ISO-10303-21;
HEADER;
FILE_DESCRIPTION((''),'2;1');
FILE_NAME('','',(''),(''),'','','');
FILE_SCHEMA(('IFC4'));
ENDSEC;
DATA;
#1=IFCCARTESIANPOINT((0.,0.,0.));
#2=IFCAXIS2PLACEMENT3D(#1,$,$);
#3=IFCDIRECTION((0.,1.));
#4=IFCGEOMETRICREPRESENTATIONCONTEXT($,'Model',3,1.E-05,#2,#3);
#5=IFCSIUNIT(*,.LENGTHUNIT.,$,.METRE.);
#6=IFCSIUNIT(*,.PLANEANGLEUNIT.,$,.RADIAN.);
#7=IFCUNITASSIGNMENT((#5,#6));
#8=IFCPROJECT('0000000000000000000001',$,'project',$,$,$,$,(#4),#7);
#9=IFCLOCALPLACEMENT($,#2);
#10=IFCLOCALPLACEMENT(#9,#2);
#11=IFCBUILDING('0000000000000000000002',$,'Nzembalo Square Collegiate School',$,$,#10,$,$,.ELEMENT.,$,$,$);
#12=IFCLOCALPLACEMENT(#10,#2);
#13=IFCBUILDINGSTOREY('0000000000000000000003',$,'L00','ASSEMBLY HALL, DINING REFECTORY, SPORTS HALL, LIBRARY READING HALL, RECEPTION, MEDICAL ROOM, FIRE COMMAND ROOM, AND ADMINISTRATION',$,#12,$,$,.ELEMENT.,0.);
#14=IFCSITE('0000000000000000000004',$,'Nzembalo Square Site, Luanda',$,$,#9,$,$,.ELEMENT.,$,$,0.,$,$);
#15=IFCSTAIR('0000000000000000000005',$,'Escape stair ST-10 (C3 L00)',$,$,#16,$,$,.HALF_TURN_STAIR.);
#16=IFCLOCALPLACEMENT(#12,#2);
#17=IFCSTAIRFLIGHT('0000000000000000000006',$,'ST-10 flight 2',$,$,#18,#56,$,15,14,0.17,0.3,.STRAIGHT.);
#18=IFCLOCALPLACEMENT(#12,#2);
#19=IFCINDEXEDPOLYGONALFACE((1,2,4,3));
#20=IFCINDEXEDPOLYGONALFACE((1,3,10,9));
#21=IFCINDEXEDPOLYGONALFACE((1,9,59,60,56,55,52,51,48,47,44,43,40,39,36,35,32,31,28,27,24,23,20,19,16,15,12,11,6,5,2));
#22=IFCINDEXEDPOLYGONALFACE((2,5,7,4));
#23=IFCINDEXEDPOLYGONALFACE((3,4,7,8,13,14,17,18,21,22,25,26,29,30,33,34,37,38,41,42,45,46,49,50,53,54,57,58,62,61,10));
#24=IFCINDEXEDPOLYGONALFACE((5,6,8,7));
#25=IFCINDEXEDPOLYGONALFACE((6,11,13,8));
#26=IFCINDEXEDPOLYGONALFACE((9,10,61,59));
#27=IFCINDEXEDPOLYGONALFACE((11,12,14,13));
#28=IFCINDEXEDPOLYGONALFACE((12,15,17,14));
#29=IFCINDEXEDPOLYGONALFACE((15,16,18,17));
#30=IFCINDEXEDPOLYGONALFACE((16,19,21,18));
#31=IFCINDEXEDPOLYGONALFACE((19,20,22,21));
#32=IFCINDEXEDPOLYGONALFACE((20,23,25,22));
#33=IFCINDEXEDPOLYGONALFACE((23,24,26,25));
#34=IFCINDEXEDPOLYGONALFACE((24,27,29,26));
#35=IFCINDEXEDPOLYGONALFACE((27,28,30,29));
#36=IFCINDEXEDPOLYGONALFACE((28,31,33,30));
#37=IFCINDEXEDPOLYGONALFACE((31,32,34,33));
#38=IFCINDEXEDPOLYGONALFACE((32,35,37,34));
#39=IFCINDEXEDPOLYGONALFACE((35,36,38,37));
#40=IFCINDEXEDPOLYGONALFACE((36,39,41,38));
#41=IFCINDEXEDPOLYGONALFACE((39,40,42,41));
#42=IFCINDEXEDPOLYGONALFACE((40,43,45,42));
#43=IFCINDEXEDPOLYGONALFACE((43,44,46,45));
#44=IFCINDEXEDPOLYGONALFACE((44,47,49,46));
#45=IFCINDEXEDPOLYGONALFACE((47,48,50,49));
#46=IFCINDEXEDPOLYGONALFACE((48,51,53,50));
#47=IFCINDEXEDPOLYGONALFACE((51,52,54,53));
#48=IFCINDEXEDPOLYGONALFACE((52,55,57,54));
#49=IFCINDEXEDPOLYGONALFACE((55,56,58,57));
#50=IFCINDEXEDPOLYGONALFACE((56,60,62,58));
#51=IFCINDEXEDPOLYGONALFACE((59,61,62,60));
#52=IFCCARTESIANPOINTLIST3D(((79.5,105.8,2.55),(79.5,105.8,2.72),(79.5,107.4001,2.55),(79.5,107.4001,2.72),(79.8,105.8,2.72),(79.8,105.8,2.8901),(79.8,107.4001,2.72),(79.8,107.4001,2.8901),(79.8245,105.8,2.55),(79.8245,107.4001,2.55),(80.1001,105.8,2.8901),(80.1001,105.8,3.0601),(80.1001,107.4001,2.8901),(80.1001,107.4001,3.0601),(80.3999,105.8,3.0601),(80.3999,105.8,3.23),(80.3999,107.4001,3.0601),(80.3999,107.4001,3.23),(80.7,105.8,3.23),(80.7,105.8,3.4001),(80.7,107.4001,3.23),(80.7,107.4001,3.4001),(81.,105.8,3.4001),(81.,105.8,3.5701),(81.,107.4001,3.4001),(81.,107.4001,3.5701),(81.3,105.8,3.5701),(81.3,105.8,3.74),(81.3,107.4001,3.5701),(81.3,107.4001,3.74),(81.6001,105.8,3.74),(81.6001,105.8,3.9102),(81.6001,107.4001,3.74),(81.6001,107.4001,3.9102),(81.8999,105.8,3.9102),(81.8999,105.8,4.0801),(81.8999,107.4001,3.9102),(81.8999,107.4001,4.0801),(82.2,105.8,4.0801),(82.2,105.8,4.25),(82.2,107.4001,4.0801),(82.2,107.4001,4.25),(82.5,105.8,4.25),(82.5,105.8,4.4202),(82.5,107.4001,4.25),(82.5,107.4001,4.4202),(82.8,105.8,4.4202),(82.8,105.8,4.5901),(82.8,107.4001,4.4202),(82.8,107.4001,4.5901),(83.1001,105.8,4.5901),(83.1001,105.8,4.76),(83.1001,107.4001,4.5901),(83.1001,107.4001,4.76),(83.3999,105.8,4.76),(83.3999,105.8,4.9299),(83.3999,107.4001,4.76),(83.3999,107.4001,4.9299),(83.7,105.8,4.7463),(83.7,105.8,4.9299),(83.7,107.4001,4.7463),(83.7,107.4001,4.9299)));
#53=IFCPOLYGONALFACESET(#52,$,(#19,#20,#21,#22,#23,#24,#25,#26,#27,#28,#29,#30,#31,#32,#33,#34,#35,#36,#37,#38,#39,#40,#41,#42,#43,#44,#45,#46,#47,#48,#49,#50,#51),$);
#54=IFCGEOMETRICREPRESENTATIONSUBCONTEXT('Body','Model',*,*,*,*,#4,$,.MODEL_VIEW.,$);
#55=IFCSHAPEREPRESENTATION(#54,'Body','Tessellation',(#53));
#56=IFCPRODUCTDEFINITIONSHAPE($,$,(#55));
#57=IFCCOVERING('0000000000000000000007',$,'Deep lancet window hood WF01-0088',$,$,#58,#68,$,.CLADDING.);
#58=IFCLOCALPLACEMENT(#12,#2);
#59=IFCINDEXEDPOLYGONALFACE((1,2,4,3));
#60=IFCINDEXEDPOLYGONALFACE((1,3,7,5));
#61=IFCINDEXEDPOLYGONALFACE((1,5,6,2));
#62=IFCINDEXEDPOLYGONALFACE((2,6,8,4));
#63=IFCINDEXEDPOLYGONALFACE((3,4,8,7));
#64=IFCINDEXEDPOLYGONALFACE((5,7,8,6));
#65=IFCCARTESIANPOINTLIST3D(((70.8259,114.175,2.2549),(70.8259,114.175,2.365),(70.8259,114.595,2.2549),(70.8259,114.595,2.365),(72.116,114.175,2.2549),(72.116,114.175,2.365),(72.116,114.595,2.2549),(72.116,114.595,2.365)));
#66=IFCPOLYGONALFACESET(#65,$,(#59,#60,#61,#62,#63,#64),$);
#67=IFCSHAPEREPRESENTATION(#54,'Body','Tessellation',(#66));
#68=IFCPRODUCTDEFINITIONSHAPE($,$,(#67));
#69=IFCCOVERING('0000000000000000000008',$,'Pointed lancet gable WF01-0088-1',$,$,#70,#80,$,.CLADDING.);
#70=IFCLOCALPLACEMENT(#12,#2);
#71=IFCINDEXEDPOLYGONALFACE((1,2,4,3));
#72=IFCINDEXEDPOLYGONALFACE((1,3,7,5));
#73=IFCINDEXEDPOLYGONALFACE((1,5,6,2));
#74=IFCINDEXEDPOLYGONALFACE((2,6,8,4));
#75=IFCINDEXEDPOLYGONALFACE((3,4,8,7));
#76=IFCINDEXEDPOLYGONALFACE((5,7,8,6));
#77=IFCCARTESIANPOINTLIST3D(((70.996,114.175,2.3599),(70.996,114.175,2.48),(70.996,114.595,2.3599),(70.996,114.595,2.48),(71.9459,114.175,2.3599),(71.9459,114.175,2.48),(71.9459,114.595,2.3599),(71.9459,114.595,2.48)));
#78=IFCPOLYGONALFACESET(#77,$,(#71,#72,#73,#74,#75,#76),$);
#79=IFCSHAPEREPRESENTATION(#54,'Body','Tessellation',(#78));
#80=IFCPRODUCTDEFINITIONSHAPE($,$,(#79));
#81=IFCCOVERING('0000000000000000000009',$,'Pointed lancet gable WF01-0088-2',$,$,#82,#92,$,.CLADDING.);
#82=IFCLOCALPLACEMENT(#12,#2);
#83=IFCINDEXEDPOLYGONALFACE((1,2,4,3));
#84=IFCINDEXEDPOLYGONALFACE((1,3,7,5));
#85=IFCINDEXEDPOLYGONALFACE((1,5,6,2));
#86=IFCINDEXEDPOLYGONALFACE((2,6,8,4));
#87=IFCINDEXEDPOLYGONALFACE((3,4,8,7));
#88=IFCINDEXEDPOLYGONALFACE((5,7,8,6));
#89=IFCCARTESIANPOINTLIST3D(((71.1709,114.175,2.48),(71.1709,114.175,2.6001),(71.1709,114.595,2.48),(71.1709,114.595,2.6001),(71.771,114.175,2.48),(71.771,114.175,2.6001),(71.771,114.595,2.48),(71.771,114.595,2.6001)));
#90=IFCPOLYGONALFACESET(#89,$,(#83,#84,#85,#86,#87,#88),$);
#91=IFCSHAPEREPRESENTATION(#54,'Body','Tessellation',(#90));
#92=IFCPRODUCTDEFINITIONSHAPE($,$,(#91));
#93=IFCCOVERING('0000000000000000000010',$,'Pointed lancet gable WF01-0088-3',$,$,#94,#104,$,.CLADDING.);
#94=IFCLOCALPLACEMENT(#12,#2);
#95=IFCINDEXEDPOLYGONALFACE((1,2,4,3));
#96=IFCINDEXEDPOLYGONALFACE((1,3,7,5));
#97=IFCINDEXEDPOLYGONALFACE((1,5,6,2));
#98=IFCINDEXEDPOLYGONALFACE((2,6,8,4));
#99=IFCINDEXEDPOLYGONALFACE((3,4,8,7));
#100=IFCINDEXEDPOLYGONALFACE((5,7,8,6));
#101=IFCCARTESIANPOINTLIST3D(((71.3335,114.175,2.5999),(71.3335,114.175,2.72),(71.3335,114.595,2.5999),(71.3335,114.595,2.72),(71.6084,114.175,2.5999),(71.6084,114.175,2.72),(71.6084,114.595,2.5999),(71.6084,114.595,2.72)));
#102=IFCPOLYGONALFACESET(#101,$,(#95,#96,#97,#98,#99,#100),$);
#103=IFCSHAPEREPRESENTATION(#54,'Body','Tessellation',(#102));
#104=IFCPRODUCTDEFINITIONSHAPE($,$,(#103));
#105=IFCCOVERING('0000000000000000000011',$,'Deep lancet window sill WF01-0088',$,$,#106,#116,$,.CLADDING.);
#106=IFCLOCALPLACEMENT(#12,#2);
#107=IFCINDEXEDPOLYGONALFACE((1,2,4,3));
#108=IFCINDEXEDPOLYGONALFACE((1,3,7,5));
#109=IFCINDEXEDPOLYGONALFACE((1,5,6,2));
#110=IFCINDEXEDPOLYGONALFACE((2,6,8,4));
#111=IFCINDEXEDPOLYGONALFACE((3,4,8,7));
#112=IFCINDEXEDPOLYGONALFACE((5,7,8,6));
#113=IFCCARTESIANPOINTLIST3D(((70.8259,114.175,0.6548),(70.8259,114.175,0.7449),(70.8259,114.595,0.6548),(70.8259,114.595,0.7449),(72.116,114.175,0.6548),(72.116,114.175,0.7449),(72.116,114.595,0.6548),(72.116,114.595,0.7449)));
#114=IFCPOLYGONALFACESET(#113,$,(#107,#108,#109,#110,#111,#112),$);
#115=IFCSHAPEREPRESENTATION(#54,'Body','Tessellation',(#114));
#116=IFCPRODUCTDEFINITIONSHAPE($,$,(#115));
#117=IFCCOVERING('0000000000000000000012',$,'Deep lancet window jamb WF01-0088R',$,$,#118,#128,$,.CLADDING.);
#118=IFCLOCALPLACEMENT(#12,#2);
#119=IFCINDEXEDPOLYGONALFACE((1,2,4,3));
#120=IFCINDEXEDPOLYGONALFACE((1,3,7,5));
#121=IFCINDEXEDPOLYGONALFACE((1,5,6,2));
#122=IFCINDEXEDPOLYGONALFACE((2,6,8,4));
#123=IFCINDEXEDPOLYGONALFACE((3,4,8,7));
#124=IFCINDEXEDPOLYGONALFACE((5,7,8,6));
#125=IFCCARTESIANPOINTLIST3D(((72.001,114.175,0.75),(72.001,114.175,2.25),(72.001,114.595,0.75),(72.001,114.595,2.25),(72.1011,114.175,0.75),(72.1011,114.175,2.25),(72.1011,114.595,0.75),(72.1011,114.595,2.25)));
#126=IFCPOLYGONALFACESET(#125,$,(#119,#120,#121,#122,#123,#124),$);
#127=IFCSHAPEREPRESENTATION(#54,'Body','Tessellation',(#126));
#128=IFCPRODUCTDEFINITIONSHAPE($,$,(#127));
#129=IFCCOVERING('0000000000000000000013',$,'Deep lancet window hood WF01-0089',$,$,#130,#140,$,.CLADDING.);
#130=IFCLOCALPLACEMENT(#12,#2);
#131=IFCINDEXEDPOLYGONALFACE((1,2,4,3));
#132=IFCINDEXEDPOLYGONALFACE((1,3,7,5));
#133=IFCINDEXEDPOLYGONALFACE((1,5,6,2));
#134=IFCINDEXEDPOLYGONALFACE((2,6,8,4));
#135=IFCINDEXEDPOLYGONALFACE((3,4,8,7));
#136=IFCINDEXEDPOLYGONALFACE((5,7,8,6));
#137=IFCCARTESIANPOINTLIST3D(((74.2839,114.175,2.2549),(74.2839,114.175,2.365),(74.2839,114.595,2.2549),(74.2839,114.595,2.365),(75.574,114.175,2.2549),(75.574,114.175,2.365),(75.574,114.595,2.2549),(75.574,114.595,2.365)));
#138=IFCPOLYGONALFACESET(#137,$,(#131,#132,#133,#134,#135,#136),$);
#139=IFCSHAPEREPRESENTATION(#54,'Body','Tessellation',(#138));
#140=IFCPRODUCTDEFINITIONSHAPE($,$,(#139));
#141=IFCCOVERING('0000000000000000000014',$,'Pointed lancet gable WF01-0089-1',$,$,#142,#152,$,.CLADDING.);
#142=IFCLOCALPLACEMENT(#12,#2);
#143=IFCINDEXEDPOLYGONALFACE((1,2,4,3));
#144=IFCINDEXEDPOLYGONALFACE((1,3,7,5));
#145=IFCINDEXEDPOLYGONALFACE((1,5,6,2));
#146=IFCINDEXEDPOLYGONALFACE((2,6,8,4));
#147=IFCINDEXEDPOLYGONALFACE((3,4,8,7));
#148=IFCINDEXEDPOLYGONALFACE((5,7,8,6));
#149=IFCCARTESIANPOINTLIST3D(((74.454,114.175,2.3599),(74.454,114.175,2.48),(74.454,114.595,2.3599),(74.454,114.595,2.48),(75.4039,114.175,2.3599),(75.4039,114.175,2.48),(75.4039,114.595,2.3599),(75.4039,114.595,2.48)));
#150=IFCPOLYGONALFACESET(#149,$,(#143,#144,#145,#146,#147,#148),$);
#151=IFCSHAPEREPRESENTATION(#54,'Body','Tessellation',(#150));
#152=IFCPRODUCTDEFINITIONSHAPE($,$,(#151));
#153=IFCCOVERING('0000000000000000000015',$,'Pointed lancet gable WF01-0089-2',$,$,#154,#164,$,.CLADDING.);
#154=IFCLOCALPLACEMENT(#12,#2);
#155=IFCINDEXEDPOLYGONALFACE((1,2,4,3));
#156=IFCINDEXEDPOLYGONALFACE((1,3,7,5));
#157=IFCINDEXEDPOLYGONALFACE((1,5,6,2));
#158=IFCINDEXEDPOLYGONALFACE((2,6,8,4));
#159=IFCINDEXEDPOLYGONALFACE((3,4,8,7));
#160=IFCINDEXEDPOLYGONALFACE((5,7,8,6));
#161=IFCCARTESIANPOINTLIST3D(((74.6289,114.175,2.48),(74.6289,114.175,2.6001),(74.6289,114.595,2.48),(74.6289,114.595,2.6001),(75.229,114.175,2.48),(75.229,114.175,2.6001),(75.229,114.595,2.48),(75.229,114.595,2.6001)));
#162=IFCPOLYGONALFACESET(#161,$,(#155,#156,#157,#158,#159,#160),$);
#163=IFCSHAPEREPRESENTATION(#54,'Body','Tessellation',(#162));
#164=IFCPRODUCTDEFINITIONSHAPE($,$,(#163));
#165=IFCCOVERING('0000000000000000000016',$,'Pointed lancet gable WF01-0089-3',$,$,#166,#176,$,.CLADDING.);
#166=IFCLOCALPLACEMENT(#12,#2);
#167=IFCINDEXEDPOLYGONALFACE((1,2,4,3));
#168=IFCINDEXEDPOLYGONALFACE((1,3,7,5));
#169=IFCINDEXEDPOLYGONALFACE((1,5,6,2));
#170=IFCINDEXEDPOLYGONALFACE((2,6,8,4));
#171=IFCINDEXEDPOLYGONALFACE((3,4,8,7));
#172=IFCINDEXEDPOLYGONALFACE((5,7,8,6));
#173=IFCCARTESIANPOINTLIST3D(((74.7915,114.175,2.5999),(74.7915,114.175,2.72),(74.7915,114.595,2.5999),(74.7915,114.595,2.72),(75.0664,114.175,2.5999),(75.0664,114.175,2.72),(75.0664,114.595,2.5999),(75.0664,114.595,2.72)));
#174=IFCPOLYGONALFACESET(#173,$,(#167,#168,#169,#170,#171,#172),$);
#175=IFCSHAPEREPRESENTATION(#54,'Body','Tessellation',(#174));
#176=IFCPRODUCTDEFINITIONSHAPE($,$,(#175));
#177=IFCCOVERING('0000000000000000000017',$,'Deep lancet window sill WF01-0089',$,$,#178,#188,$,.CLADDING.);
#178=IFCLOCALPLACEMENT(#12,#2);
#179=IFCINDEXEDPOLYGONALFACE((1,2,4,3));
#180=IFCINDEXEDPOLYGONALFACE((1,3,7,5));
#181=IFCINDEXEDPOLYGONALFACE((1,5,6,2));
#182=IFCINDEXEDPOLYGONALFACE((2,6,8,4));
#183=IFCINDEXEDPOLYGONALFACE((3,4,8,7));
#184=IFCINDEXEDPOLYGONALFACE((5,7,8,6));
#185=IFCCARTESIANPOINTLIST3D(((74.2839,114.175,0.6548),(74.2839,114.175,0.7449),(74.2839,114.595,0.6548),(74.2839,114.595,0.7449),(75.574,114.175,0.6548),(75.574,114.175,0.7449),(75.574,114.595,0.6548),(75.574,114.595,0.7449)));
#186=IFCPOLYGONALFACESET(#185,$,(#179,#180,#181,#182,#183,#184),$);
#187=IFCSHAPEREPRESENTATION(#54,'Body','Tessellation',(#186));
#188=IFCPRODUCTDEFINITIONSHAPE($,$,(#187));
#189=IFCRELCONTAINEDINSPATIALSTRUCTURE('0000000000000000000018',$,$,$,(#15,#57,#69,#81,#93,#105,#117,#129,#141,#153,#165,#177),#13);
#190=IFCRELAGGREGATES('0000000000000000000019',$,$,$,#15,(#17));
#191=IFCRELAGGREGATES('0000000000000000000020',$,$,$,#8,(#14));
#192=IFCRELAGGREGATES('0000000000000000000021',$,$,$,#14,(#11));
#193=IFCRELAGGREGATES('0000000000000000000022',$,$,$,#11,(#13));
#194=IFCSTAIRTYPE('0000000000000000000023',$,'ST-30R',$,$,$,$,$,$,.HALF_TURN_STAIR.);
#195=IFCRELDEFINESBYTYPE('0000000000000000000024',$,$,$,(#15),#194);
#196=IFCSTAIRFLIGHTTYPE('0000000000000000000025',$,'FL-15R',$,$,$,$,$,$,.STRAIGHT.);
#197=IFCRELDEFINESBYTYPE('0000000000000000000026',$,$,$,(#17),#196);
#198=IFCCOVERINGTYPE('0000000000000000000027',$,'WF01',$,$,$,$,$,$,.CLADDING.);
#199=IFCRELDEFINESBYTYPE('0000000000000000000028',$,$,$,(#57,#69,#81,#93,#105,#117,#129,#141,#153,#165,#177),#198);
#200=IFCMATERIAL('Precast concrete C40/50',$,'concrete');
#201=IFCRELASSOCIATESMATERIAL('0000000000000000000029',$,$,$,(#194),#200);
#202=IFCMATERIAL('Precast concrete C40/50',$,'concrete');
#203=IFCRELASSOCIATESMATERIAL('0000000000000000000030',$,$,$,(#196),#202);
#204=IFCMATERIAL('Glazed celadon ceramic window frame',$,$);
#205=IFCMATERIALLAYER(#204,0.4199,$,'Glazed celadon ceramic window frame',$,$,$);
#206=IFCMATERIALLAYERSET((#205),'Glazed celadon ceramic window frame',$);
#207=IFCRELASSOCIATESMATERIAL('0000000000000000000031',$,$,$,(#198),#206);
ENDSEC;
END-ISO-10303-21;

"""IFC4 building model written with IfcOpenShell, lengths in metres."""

from ifc_helpers import new_model, si_unit, direction, frame, origin, origin_2d, place, context, subcontext, project, spatial, polyline, rectangle, outline, extrude, material, layer, layer_set, type_object, element, aggregate, save


model = new_model("IFC4")

# Units and contexts
model_context = context("Model", 3, precision=1e-05, world=origin(), true_north=direction((0.0, 1.0)))
body_context = subcontext(model_context, "Body", "Model", "MODEL_VIEW")
ifc_project = project(units=[si_unit("LENGTHUNIT", "METRE"), si_unit("PLANEANGLEUNIT", "RADIAN")], contexts=[model_context])

# Site, building, storey
site_placement = place(None, origin())
site = spatial("IfcSite", under=ifc_project, at=site_placement, Name="Nzembalo Square Site, Luanda", CompositionType="ELEMENT", RefElevation=0.0)
building_placement = place(site_placement, origin())
building = spatial("IfcBuilding", under=site, at=building_placement, Name="Nzembalo Square Collegiate School", CompositionType="ELEMENT")
storey_placement = place(building_placement, origin())
storey = spatial("IfcBuildingStorey", under=building, at=storey_placement, Name="L00", Description="ASSEMBLY HALL, DINING REFECTORY, SPORTS HALL, LIBRARY READING HALL, RECEPTION, MEDICAL ROOM, FIRE COMMAND ROOM, AND ADMINISTRATION", CompositionType="ELEMENT", Elevation=0.0)

# Stair, stair flight
ifc_material_1 = material(Name="Precast concrete C40/50", Category="concrete")
stair_type = type_object("IfcStairType", Name="ST-30R", PredefinedType="HALF_TURN_STAIR", material=ifc_material_1)
stair_placement = place(storey_placement, origin())
stair = element("IfcStair", 1, at=stair_placement, inside=storey, type_object=stair_type, Name="Escape stair ST-10 (C3 L00)", PredefinedType="HALF_TURN_STAIR")
ifc_material_2 = material(Name="Precast concrete C40/50", Category="concrete")
stair_flight_type = type_object("IfcStairFlightType", Name="FL-15R", PredefinedType="STRAIGHT", material=ifc_material_2)
stair_flight_placement = place(storey_placement, frame((79.5, 106.6001, 2.55), z_axis=(0.0, 0.0, 1.0), x_axis=(1.0, 0.0, 0.0)))
stair_flight = element("IfcStairFlight", 2, at=stair_flight_placement, type_object=stair_flight_type, Name="ST-10 flight 2", NumberOfRisers=15, NumberOfTreads=14, PredefinedType="STRAIGHT", RiserHeight=0.17, TreadLength=0.3, context=body_context, shape_type="SweptSolid", body=[
    extrude(outline(polyline([(0.0, 0.0), (0.0, 0.1699), (0.3, 0.1699), (0.3, 0.3401), (0.6001, 0.3401), (0.6001, 0.51), (0.8999, 0.51), (0.8999, 0.6799), (1.2, 0.6799), (1.2, 0.8501), (1.5, 0.8501), (1.5, 1.02), (1.8, 1.02), (1.8, 1.1899), (2.1001, 1.1899), (2.1001, 1.3601), (2.3999, 1.3601), (2.3999, 1.53), (2.7, 1.53), (2.7, 1.7), (3.0, 1.7), (3.0, 1.8701), (3.3, 1.8701), (3.3, 2.04), (3.6001, 2.04), (3.6001, 2.21), (3.8999, 2.21), (3.8999, 2.3799), (4.2, 2.3799), (4.2, 2.55), (4.2, 2.1963), (0.3245, 0.0), (0.0, 0.0)])), frame((0.0, 0.8, 0.0), z_axis=(0.0, -1.0, 0.0), x_axis=(1.0, 0.0, 0.0)), (0.0, 0.0, 1.0), 1.6001),
])
aggregate(stair, [stair_flight])

# Coverings
ifc_material_3 = material(Name="Glazed celadon ceramic window frame")
ifc_layer_1 = layer(ifc_material_3, 0.4199, Name="Glazed celadon ceramic window frame")
ifc_layer_set_1 = layer_set([ifc_layer_1], Name="Glazed celadon ceramic window frame")
covering_type = type_object("IfcCoveringType", Name="WF01", PredefinedType="CLADDING", material=ifc_layer_set_1)
covering_1_placement = place(storey_placement, frame((71.4709, 114.385, 2.2549), z_axis=(0.0, 0.0, 1.0), x_axis=(1.0, 0.0, 0.0)))
element("IfcCovering", 3, at=covering_1_placement, inside=storey, type_object=covering_type, Name="Deep lancet window hood WF01-0088", PredefinedType="CLADDING", context=body_context, shape_type="SweptSolid", body=[
    extrude(rectangle(XDim=1.29, YDim=0.4199, at=origin_2d()), origin(), (0.0, 0.0, 1.0), 0.1101),
])
covering_2_placement = place(storey_placement, frame((71.4709, 114.385, 2.3599), z_axis=(0.0, 0.0, 1.0), x_axis=(1.0, 0.0, 0.0)))
element("IfcCovering", 4, at=covering_2_placement, inside=storey, type_object=covering_type, Name="Pointed lancet gable WF01-0088-1", PredefinedType="CLADDING", context=body_context, shape_type="SweptSolid", body=[
    extrude(rectangle(XDim=0.95, YDim=0.4199, at=origin_2d()), origin(), (0.0, 0.0, 1.0), 0.1201),
])
covering_3_placement = place(storey_placement, frame((71.4709, 114.385, 2.48), z_axis=(0.0, 0.0, 1.0), x_axis=(1.0, 0.0, 0.0)))
element("IfcCovering", 5, at=covering_3_placement, inside=storey, type_object=covering_type, Name="Pointed lancet gable WF01-0088-2", PredefinedType="CLADDING", context=body_context, shape_type="SweptSolid", body=[
    extrude(rectangle(XDim=0.6001, YDim=0.4199, at=origin_2d()), origin(), (0.0, 0.0, 1.0), 0.1201),
])
covering_4_placement = place(storey_placement, frame((71.4709, 114.385, 2.5999), z_axis=(0.0, 0.0, 1.0), x_axis=(1.0, 0.0, 0.0)))
element("IfcCovering", 6, at=covering_4_placement, inside=storey, type_object=covering_type, Name="Pointed lancet gable WF01-0088-3", PredefinedType="CLADDING", context=body_context, shape_type="SweptSolid", body=[
    extrude(rectangle(XDim=0.2749, YDim=0.4199, at=origin_2d()), origin(), (0.0, 0.0, 1.0), 0.1201),
])
covering_5_placement = place(storey_placement, frame((71.4709, 114.385, 0.6548), z_axis=(0.0, 0.0, 1.0), x_axis=(1.0, 0.0, 0.0)))
element("IfcCovering", 7, at=covering_5_placement, inside=storey, type_object=covering_type, Name="Deep lancet window sill WF01-0088", PredefinedType="CLADDING", context=body_context, shape_type="SweptSolid", body=[
    extrude(rectangle(XDim=1.29, YDim=0.4199, at=origin_2d()), origin(), (0.0, 0.0, 1.0), 0.0901),
])
covering_6_placement = place(storey_placement, frame((72.051, 114.385, 0.75), z_axis=(0.0, 0.0, 1.0), x_axis=(1.0, 0.0, 0.0)))
element("IfcCovering", 8, at=covering_6_placement, inside=storey, type_object=covering_type, Name="Deep lancet window jamb WF01-0088R", PredefinedType="CLADDING", context=body_context, shape_type="SweptSolid", body=[
    extrude(rectangle(XDim=0.1001, YDim=0.4199, at=origin_2d()), origin(), (0.0, 0.0, 1.0), 1.5),
])
covering_7_placement = place(storey_placement, frame((74.929, 114.385, 2.2549), z_axis=(0.0, 0.0, 1.0), x_axis=(1.0, 0.0, 0.0)))
element("IfcCovering", 9, at=covering_7_placement, inside=storey, type_object=covering_type, Name="Deep lancet window hood WF01-0089", PredefinedType="CLADDING", context=body_context, shape_type="SweptSolid", body=[
    extrude(rectangle(XDim=1.29, YDim=0.4199, at=origin_2d()), origin(), (0.0, 0.0, 1.0), 0.1101),
])
covering_8_placement = place(storey_placement, frame((74.929, 114.385, 2.3599), z_axis=(0.0, 0.0, 1.0), x_axis=(1.0, 0.0, 0.0)))
element("IfcCovering", 10, at=covering_8_placement, inside=storey, type_object=covering_type, Name="Pointed lancet gable WF01-0089-1", PredefinedType="CLADDING", context=body_context, shape_type="SweptSolid", body=[
    extrude(rectangle(XDim=0.95, YDim=0.4199, at=origin_2d()), origin(), (0.0, 0.0, 1.0), 0.1201),
])
covering_9_placement = place(storey_placement, frame((74.929, 114.385, 2.48), z_axis=(0.0, 0.0, 1.0), x_axis=(1.0, 0.0, 0.0)))
element("IfcCovering", 11, at=covering_9_placement, inside=storey, type_object=covering_type, Name="Pointed lancet gable WF01-0089-2", PredefinedType="CLADDING", context=body_context, shape_type="SweptSolid", body=[
    extrude(rectangle(XDim=0.6001, YDim=0.4199, at=origin_2d()), origin(), (0.0, 0.0, 1.0), 0.1201),
])
covering_10_placement = place(storey_placement, frame((74.929, 114.385, 2.5999), z_axis=(0.0, 0.0, 1.0), x_axis=(1.0, 0.0, 0.0)))
element("IfcCovering", 12, at=covering_10_placement, inside=storey, type_object=covering_type, Name="Pointed lancet gable WF01-0089-3", PredefinedType="CLADDING", context=body_context, shape_type="SweptSolid", body=[
    extrude(rectangle(XDim=0.2749, YDim=0.4199, at=origin_2d()), origin(), (0.0, 0.0, 1.0), 0.1201),
])
covering_11_placement = place(storey_placement, frame((74.929, 114.385, 0.6548), z_axis=(0.0, 0.0, 1.0), x_axis=(1.0, 0.0, 0.0)))
element("IfcCovering", 13, at=covering_11_placement, inside=storey, type_object=covering_type, Name="Deep lancet window sill WF01-0089", PredefinedType="CLADDING", context=body_context, shape_type="SweptSolid", body=[
    extrude(rectangle(XDim=1.29, YDim=0.4199, at=origin_2d()), origin(), (0.0, 0.0, 1.0), 0.0901),
])

save(model, "model.ifc")
